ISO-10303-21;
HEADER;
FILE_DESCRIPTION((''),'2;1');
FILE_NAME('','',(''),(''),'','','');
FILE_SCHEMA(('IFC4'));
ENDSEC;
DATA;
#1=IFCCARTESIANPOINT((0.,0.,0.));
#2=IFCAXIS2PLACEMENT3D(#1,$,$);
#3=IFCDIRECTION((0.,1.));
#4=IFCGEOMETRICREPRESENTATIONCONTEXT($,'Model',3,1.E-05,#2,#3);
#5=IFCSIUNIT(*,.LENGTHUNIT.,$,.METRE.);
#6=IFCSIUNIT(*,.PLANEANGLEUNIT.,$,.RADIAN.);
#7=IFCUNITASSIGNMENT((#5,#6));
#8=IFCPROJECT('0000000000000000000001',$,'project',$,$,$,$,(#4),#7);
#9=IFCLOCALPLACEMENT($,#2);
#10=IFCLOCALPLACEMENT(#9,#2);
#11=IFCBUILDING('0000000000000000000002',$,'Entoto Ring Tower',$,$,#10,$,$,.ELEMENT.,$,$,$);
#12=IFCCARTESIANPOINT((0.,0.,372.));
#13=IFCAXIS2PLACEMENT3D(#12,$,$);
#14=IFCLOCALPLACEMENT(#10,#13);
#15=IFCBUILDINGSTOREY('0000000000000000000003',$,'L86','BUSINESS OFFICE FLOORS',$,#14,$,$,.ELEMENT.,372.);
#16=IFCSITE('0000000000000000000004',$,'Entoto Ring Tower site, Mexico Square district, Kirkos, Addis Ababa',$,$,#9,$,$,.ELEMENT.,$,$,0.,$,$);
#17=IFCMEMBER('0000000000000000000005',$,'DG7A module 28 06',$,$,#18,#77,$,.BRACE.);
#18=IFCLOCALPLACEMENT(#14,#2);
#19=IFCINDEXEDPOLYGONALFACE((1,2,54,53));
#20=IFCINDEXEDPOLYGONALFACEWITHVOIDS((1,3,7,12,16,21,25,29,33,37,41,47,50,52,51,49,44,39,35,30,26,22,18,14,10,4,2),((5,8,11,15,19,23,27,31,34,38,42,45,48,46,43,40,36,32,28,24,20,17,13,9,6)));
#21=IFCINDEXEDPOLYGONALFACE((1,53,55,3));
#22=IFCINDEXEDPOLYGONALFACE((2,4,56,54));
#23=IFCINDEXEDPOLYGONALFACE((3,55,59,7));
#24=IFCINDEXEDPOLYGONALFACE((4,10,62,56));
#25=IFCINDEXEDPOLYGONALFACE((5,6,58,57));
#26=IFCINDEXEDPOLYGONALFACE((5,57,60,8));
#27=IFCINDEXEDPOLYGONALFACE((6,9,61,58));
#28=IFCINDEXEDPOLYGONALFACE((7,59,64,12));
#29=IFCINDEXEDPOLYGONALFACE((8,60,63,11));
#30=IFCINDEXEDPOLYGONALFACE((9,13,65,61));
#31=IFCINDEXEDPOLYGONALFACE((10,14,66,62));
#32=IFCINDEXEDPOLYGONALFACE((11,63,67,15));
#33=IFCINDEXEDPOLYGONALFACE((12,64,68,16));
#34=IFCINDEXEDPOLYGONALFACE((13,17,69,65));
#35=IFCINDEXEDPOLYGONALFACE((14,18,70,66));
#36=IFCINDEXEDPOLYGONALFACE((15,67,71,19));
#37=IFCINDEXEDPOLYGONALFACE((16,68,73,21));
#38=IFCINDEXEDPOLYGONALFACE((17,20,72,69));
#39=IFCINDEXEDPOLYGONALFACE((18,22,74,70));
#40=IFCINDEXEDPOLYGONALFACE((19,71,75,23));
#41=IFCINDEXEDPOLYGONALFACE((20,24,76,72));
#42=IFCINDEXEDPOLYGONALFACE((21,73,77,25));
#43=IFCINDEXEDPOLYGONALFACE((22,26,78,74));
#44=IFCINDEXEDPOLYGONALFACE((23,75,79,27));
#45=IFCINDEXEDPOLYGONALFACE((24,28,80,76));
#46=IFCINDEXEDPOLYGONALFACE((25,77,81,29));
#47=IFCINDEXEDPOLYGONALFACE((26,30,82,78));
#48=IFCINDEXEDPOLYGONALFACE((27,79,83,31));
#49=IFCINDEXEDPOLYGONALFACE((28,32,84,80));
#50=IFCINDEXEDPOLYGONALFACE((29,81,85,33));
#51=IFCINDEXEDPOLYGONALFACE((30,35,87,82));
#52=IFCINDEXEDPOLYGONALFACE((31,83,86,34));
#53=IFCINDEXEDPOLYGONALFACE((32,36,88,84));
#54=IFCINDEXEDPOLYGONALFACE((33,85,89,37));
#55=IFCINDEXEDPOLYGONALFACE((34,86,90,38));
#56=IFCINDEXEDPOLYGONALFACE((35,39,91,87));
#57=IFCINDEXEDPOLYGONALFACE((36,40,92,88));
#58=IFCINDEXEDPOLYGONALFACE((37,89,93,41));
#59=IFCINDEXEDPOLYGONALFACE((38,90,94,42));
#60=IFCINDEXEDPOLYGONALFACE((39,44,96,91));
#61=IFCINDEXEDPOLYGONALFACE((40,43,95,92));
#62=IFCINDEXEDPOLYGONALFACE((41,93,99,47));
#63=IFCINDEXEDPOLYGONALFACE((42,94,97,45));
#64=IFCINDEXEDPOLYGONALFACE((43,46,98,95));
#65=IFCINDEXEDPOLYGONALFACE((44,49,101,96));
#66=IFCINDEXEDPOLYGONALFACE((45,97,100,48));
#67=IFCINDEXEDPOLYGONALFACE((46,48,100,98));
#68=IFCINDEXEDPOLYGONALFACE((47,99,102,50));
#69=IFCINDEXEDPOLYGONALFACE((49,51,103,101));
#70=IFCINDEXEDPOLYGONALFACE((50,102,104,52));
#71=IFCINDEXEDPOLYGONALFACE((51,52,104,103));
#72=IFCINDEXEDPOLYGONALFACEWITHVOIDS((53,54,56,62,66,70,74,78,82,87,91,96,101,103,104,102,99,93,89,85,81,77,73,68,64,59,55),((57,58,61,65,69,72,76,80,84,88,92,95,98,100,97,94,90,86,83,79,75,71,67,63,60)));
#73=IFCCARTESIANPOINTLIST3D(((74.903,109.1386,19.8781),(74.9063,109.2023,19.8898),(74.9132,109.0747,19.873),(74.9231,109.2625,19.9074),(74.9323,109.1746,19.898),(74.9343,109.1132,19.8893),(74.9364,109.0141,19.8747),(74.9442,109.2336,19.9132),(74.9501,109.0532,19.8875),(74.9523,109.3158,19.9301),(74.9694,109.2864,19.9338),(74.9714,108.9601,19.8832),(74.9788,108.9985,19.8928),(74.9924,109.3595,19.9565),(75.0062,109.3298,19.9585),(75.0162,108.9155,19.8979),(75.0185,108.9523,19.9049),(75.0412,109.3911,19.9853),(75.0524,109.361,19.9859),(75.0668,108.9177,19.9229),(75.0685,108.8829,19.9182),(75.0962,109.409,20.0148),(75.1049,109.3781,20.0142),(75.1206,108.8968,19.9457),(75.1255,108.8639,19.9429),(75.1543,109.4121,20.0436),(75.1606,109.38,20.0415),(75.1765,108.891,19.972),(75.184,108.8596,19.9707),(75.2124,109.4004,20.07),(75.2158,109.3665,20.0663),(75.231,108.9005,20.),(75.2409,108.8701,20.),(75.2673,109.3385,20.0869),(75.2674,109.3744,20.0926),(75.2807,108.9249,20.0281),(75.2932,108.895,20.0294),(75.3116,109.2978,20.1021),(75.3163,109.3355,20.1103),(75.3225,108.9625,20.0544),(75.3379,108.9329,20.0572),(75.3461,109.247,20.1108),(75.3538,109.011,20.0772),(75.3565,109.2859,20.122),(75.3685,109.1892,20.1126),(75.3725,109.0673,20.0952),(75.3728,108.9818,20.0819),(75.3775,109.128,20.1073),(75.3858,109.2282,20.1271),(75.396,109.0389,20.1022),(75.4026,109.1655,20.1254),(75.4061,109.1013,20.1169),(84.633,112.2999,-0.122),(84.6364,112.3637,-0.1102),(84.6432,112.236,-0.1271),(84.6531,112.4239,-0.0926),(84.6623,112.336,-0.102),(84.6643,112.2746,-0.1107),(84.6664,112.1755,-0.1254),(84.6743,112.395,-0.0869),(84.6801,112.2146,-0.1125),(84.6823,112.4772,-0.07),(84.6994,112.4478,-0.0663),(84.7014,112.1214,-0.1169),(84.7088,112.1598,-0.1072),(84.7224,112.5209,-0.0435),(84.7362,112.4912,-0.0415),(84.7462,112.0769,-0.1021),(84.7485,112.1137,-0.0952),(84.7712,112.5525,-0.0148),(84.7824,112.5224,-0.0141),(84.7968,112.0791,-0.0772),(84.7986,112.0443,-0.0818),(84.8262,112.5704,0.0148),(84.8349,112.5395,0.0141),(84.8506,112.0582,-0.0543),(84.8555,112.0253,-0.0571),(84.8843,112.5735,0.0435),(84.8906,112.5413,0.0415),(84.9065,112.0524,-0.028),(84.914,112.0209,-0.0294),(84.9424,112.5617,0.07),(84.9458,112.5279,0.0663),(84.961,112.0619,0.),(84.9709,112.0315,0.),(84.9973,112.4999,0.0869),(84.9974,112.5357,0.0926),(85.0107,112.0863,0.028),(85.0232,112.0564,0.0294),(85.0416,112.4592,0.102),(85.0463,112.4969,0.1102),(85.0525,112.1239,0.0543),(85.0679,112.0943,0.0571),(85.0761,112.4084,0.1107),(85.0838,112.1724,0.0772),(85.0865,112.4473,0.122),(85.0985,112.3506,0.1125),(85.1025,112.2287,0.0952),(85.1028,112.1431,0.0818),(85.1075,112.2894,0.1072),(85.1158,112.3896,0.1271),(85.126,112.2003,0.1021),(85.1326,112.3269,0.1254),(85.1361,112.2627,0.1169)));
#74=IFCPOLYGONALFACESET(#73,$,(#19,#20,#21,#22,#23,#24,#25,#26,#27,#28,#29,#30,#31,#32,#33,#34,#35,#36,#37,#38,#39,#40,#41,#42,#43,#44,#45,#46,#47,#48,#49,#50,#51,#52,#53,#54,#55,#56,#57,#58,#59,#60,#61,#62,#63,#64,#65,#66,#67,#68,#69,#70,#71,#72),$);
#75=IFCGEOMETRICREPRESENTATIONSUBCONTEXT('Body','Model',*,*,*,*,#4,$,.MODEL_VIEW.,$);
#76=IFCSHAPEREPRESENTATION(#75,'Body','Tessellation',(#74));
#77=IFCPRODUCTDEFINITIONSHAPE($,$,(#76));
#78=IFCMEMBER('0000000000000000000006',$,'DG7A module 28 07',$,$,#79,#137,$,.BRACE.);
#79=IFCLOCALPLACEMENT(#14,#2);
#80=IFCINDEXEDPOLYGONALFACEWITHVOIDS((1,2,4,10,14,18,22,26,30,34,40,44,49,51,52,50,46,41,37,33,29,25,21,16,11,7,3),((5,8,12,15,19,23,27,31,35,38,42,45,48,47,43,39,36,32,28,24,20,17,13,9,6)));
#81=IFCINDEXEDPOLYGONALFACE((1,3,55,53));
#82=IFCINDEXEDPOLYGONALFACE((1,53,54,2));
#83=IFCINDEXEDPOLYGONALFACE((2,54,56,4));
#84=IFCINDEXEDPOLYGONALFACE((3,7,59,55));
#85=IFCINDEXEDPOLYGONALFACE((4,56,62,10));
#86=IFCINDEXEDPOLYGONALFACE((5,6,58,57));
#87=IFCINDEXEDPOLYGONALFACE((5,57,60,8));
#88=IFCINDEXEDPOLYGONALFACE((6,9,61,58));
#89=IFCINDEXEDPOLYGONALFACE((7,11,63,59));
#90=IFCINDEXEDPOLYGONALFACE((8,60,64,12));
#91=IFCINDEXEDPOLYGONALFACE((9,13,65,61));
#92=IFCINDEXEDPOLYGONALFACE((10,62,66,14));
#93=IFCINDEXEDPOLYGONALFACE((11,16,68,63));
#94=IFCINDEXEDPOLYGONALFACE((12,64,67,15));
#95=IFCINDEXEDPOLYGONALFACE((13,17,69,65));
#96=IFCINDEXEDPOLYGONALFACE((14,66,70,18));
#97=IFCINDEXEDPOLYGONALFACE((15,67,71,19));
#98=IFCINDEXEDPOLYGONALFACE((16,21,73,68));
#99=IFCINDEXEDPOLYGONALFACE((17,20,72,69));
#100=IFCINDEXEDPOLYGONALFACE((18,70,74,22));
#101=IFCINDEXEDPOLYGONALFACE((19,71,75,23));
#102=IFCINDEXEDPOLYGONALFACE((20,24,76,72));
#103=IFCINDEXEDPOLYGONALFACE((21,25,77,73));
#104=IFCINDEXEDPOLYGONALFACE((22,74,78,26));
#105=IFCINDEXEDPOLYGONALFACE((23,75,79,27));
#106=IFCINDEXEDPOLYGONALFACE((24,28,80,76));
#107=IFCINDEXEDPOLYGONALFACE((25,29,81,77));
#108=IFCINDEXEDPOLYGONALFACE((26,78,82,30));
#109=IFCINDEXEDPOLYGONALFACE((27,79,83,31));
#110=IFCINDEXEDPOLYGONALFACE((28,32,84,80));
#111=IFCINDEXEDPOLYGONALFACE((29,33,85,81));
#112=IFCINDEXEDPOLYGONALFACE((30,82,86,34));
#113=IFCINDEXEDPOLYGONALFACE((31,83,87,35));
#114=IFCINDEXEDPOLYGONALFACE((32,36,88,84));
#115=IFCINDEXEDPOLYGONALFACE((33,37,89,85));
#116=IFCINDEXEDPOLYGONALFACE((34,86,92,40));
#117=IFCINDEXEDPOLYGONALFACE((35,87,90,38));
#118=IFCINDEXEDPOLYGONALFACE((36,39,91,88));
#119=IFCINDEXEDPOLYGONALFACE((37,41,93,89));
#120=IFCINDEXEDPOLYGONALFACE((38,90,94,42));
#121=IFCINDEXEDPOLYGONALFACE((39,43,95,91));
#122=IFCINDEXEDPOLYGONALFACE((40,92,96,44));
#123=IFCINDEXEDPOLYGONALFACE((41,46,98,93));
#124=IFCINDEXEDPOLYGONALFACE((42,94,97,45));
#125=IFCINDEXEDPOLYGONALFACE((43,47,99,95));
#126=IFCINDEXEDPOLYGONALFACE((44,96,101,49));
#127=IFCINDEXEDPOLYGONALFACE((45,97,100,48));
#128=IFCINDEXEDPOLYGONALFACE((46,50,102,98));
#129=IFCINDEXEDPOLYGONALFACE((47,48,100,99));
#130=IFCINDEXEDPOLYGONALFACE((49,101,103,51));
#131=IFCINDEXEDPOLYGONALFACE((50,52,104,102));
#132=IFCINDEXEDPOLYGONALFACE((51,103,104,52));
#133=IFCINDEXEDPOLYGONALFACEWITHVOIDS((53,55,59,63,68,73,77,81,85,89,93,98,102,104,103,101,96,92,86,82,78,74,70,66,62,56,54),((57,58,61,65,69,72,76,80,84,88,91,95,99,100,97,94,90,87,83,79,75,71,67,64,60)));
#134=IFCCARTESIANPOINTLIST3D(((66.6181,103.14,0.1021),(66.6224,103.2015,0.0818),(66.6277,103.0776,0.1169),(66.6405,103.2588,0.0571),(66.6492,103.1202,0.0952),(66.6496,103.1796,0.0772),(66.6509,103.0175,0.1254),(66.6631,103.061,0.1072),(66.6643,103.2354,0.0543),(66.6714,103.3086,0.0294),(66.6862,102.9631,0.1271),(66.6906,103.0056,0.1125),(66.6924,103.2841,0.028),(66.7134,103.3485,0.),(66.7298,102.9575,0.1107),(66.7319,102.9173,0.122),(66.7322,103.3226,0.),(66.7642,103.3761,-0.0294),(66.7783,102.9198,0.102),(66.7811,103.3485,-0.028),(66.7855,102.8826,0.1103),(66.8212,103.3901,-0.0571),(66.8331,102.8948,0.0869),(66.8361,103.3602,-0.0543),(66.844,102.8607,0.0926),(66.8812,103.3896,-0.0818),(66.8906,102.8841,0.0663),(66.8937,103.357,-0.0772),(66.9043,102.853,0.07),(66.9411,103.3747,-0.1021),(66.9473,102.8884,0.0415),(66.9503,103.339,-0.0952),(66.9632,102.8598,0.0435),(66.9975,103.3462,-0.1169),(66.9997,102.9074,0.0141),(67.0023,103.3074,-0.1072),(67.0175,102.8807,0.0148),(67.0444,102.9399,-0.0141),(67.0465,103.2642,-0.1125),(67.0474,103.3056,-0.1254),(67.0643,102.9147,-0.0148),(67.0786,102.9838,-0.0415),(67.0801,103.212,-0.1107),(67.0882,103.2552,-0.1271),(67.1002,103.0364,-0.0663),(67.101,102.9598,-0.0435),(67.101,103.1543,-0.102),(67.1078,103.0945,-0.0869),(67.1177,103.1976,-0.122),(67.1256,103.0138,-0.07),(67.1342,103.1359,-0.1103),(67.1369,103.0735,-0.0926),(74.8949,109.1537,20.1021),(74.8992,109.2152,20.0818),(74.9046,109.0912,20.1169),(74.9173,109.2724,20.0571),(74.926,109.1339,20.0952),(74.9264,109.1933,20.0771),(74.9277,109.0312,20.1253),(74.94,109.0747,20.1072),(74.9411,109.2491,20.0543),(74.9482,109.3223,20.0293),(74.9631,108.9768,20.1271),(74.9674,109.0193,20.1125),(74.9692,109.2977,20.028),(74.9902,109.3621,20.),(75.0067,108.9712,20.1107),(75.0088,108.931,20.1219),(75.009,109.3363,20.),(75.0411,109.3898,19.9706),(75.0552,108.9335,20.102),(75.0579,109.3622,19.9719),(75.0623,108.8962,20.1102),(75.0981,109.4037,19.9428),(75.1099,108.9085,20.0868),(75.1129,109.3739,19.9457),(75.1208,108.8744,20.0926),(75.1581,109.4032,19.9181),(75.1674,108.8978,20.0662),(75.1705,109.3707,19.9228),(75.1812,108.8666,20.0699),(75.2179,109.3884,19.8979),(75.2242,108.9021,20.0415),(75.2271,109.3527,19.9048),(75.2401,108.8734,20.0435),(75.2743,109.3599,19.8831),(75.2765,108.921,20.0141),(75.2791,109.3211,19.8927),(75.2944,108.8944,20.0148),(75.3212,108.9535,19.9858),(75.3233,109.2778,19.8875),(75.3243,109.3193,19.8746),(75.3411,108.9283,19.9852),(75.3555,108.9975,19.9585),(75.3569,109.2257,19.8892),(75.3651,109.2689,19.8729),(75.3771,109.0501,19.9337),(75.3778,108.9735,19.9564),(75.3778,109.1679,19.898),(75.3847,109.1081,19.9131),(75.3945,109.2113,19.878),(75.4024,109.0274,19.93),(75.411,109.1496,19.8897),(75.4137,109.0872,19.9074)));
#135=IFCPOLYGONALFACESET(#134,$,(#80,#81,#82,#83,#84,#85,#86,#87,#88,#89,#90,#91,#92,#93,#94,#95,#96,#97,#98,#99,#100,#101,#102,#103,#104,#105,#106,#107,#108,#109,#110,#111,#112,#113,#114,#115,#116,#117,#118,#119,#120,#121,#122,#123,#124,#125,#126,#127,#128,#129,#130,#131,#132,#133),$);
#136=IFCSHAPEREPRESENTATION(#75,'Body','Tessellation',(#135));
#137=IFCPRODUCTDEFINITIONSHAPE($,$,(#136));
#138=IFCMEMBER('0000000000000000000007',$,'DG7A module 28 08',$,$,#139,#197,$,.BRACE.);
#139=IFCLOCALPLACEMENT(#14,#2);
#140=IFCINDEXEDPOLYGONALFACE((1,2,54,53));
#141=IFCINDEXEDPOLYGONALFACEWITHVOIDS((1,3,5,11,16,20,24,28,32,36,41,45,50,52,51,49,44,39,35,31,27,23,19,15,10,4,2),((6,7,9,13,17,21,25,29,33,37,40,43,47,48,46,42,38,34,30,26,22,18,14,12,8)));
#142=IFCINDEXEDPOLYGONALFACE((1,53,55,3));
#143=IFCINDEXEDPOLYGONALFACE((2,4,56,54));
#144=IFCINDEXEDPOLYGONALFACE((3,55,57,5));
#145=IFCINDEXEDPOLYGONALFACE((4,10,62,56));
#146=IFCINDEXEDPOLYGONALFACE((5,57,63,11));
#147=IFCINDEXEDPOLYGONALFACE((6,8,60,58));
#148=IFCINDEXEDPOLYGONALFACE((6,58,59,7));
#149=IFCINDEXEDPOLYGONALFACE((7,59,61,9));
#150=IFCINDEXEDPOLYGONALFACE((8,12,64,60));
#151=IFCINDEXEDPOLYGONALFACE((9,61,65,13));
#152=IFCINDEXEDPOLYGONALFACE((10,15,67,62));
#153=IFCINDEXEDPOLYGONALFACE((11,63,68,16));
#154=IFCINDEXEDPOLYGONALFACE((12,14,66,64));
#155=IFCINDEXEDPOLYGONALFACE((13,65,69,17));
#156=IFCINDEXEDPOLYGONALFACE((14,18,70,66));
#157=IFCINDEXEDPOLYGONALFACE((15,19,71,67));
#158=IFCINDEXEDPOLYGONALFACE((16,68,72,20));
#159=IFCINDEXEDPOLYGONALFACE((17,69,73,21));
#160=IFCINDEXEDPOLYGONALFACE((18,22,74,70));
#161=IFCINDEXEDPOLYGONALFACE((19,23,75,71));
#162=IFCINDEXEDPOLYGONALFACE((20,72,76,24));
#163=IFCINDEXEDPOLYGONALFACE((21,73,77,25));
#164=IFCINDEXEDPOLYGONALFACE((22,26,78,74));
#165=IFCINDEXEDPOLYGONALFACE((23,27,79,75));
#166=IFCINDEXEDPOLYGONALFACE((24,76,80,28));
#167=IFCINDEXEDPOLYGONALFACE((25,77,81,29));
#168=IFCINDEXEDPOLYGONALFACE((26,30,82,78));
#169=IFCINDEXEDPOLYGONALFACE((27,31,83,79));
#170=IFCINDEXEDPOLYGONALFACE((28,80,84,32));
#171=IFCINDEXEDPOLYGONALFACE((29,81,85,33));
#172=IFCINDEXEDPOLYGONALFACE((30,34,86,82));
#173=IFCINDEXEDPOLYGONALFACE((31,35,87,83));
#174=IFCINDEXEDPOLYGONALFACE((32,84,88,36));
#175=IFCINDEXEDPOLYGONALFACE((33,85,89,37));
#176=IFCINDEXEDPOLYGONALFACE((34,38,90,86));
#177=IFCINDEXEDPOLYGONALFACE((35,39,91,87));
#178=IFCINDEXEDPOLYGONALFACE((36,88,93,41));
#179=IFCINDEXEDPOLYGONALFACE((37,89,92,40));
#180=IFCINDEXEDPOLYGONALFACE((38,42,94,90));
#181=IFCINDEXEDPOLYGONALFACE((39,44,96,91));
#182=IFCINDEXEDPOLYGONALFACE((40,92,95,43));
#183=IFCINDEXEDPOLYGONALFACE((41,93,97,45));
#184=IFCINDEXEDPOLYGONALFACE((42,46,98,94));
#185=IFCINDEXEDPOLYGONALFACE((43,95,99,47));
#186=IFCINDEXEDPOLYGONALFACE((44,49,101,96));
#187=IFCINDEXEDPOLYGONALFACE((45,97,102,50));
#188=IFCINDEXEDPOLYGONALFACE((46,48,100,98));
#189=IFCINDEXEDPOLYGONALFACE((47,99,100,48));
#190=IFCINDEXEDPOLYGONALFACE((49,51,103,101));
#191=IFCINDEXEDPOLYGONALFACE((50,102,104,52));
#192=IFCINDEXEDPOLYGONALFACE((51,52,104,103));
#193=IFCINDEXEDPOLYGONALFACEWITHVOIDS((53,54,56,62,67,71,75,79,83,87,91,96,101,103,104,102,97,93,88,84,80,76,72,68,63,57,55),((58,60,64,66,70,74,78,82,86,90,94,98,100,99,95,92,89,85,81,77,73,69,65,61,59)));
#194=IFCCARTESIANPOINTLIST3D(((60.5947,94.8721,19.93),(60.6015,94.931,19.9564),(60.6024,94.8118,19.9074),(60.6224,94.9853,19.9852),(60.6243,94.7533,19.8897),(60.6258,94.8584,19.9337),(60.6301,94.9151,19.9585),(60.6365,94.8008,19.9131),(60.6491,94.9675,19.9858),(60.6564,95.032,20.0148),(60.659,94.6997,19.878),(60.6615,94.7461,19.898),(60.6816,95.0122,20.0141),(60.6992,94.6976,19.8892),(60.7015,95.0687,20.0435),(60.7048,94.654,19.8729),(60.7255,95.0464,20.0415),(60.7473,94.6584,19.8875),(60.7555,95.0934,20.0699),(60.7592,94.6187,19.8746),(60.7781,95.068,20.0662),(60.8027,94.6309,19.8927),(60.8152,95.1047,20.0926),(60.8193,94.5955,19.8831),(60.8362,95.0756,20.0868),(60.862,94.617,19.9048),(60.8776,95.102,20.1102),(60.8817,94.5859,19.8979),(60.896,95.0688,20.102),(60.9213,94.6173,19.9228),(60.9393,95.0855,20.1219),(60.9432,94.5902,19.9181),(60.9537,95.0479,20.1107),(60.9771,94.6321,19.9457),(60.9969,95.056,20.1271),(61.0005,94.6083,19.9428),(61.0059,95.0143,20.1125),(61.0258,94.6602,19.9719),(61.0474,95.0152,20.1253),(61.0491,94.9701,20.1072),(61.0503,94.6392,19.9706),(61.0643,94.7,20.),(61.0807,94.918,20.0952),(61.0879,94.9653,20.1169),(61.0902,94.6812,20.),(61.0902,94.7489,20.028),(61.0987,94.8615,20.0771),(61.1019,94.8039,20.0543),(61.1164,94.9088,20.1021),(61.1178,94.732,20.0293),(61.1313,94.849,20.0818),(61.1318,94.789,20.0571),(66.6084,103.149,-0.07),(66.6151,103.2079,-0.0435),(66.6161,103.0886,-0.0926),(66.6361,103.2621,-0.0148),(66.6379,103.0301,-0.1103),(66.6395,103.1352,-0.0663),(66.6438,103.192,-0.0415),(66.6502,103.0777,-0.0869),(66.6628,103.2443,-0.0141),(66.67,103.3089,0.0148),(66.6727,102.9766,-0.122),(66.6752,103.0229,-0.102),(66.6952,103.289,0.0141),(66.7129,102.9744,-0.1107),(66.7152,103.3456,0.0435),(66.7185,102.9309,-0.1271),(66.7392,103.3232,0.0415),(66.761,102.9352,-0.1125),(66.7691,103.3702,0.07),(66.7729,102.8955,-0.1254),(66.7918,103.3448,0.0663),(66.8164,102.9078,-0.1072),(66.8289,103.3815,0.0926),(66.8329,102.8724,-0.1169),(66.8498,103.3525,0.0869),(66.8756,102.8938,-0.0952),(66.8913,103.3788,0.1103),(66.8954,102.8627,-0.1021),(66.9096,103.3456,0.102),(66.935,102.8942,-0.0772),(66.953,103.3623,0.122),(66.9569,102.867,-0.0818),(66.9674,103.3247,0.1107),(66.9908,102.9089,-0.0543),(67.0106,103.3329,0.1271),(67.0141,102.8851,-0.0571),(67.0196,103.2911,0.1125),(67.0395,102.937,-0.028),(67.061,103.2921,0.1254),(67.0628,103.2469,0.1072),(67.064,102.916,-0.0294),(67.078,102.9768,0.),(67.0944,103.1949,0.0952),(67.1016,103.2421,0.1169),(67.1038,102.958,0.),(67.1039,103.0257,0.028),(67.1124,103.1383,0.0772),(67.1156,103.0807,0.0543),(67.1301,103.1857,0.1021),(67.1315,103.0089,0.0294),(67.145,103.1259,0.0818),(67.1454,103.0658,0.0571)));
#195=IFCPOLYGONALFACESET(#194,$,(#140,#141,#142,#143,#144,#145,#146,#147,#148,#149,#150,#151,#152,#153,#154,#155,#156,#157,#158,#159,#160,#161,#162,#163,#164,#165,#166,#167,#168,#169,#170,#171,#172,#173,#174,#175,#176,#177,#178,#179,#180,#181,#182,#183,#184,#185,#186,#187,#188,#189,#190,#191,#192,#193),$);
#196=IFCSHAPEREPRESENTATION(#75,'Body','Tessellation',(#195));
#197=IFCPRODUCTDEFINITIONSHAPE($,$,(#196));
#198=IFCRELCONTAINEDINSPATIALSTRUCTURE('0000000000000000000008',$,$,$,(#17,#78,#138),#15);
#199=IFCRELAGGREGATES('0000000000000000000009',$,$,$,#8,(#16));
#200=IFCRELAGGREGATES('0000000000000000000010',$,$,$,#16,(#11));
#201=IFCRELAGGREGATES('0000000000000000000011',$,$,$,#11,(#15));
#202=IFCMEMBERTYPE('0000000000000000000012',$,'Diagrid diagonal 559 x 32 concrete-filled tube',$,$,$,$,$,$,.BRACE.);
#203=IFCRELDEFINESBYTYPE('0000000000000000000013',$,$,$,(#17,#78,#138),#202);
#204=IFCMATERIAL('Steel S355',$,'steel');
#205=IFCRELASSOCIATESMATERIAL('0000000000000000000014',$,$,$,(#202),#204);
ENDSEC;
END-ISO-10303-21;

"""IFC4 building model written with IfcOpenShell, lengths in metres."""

from ifc_helpers import new_model, si_unit, direction, frame, origin, origin_2d, place, context, subcontext, project, spatial, circle, hollow_circle, extrude, material, material_profile, profile_set, type_object, element, save


model = new_model("IFC4")

# Units and contexts
model_context = context("Model", 3, precision=1e-05, world=origin(), true_north=direction((0.0, 1.0)))
body_context = subcontext(model_context, "Body", "Model", "MODEL_VIEW")
ifc_project = project(units=[si_unit("LENGTHUNIT", "METRE"), si_unit("PLANEANGLEUNIT", "RADIAN")], contexts=[model_context])

# Site, building, storey
site_placement = place(None, origin())
site = spatial("IfcSite", under=ifc_project, at=site_placement, Name="Entoto Ring Tower site, Mexico Square district, Kirkos, Addis Ababa", CompositionType="ELEMENT", RefElevation=0.0)
building_placement = place(site_placement, origin())
building = spatial("IfcBuilding", under=site, at=building_placement, Name="Entoto Ring Tower", CompositionType="ELEMENT")
storey_placement = place(building_placement, frame((0.0, 0.0, 372.0)))
storey = spatial("IfcBuildingStorey", under=building, at=storey_placement, Name="L86", Description="BUSINESS OFFICE FLOORS", CompositionType="ELEMENT", Elevation=372.0)

# Members
ifc_material_1 = material(Name="Steel S355", Category="steel")
ifc_material_profile_1 = material_profile(ifc_material_1, hollow_circle(Radius=0.2795, WallThickness=0.032, at=origin_2d()), Name="CHS 559 x 32")
ifc_material_2 = material(Name="Concrete C60/75", Category="concrete")
ifc_material_profile_2 = material_profile(ifc_material_2, circle(Radius=0.2476, at=origin_2d()), Name="Concrete C60/75 infill")
ifc_profile_set_1 = profile_set([ifc_material_profile_1, ifc_material_profile_2], Name="Steel S355")
member_type_1 = type_object("IfcMemberType", Name="Diagrid diagonal 559 x 32 concrete-filled tube", PredefinedType="BRACE", material=ifc_profile_set_1)
for number, where, z_axis, x_axis, name in (
    (1, (84.8845, 112.2974, 0.0), (-0.433121, -0.140726, 0.890282), (0.309009, -0.951059, 0.0), "DG7A module 28 06"),
    (2, (66.8777, 103.1223, 0.0), (0.368435, 0.267692, 0.890279), (-0.587797, 0.809008, 0.0), "DG7A module 28 07"),
    (3, (66.8777, 103.1223, 0.0), (-0.267692, -0.368435, 0.890279), (0.809008, -0.587797, 0.0), "DG7A module 28 08"),
):
    element("IfcMember", number, at=place(storey_placement, frame(where, z_axis=z_axis, x_axis=x_axis)), inside=storey, type_object=member_type_1, Name=name, PredefinedType="BRACE", context=body_context, shape_type="SweptSolid", body=[
        extrude(hollow_circle(Radius=0.2795, WallThickness=0.032, at=origin_2d()), origin(), (0.0, 0.0, 1.0), 22.4648),
    ])

save(model, "model.ifc")
